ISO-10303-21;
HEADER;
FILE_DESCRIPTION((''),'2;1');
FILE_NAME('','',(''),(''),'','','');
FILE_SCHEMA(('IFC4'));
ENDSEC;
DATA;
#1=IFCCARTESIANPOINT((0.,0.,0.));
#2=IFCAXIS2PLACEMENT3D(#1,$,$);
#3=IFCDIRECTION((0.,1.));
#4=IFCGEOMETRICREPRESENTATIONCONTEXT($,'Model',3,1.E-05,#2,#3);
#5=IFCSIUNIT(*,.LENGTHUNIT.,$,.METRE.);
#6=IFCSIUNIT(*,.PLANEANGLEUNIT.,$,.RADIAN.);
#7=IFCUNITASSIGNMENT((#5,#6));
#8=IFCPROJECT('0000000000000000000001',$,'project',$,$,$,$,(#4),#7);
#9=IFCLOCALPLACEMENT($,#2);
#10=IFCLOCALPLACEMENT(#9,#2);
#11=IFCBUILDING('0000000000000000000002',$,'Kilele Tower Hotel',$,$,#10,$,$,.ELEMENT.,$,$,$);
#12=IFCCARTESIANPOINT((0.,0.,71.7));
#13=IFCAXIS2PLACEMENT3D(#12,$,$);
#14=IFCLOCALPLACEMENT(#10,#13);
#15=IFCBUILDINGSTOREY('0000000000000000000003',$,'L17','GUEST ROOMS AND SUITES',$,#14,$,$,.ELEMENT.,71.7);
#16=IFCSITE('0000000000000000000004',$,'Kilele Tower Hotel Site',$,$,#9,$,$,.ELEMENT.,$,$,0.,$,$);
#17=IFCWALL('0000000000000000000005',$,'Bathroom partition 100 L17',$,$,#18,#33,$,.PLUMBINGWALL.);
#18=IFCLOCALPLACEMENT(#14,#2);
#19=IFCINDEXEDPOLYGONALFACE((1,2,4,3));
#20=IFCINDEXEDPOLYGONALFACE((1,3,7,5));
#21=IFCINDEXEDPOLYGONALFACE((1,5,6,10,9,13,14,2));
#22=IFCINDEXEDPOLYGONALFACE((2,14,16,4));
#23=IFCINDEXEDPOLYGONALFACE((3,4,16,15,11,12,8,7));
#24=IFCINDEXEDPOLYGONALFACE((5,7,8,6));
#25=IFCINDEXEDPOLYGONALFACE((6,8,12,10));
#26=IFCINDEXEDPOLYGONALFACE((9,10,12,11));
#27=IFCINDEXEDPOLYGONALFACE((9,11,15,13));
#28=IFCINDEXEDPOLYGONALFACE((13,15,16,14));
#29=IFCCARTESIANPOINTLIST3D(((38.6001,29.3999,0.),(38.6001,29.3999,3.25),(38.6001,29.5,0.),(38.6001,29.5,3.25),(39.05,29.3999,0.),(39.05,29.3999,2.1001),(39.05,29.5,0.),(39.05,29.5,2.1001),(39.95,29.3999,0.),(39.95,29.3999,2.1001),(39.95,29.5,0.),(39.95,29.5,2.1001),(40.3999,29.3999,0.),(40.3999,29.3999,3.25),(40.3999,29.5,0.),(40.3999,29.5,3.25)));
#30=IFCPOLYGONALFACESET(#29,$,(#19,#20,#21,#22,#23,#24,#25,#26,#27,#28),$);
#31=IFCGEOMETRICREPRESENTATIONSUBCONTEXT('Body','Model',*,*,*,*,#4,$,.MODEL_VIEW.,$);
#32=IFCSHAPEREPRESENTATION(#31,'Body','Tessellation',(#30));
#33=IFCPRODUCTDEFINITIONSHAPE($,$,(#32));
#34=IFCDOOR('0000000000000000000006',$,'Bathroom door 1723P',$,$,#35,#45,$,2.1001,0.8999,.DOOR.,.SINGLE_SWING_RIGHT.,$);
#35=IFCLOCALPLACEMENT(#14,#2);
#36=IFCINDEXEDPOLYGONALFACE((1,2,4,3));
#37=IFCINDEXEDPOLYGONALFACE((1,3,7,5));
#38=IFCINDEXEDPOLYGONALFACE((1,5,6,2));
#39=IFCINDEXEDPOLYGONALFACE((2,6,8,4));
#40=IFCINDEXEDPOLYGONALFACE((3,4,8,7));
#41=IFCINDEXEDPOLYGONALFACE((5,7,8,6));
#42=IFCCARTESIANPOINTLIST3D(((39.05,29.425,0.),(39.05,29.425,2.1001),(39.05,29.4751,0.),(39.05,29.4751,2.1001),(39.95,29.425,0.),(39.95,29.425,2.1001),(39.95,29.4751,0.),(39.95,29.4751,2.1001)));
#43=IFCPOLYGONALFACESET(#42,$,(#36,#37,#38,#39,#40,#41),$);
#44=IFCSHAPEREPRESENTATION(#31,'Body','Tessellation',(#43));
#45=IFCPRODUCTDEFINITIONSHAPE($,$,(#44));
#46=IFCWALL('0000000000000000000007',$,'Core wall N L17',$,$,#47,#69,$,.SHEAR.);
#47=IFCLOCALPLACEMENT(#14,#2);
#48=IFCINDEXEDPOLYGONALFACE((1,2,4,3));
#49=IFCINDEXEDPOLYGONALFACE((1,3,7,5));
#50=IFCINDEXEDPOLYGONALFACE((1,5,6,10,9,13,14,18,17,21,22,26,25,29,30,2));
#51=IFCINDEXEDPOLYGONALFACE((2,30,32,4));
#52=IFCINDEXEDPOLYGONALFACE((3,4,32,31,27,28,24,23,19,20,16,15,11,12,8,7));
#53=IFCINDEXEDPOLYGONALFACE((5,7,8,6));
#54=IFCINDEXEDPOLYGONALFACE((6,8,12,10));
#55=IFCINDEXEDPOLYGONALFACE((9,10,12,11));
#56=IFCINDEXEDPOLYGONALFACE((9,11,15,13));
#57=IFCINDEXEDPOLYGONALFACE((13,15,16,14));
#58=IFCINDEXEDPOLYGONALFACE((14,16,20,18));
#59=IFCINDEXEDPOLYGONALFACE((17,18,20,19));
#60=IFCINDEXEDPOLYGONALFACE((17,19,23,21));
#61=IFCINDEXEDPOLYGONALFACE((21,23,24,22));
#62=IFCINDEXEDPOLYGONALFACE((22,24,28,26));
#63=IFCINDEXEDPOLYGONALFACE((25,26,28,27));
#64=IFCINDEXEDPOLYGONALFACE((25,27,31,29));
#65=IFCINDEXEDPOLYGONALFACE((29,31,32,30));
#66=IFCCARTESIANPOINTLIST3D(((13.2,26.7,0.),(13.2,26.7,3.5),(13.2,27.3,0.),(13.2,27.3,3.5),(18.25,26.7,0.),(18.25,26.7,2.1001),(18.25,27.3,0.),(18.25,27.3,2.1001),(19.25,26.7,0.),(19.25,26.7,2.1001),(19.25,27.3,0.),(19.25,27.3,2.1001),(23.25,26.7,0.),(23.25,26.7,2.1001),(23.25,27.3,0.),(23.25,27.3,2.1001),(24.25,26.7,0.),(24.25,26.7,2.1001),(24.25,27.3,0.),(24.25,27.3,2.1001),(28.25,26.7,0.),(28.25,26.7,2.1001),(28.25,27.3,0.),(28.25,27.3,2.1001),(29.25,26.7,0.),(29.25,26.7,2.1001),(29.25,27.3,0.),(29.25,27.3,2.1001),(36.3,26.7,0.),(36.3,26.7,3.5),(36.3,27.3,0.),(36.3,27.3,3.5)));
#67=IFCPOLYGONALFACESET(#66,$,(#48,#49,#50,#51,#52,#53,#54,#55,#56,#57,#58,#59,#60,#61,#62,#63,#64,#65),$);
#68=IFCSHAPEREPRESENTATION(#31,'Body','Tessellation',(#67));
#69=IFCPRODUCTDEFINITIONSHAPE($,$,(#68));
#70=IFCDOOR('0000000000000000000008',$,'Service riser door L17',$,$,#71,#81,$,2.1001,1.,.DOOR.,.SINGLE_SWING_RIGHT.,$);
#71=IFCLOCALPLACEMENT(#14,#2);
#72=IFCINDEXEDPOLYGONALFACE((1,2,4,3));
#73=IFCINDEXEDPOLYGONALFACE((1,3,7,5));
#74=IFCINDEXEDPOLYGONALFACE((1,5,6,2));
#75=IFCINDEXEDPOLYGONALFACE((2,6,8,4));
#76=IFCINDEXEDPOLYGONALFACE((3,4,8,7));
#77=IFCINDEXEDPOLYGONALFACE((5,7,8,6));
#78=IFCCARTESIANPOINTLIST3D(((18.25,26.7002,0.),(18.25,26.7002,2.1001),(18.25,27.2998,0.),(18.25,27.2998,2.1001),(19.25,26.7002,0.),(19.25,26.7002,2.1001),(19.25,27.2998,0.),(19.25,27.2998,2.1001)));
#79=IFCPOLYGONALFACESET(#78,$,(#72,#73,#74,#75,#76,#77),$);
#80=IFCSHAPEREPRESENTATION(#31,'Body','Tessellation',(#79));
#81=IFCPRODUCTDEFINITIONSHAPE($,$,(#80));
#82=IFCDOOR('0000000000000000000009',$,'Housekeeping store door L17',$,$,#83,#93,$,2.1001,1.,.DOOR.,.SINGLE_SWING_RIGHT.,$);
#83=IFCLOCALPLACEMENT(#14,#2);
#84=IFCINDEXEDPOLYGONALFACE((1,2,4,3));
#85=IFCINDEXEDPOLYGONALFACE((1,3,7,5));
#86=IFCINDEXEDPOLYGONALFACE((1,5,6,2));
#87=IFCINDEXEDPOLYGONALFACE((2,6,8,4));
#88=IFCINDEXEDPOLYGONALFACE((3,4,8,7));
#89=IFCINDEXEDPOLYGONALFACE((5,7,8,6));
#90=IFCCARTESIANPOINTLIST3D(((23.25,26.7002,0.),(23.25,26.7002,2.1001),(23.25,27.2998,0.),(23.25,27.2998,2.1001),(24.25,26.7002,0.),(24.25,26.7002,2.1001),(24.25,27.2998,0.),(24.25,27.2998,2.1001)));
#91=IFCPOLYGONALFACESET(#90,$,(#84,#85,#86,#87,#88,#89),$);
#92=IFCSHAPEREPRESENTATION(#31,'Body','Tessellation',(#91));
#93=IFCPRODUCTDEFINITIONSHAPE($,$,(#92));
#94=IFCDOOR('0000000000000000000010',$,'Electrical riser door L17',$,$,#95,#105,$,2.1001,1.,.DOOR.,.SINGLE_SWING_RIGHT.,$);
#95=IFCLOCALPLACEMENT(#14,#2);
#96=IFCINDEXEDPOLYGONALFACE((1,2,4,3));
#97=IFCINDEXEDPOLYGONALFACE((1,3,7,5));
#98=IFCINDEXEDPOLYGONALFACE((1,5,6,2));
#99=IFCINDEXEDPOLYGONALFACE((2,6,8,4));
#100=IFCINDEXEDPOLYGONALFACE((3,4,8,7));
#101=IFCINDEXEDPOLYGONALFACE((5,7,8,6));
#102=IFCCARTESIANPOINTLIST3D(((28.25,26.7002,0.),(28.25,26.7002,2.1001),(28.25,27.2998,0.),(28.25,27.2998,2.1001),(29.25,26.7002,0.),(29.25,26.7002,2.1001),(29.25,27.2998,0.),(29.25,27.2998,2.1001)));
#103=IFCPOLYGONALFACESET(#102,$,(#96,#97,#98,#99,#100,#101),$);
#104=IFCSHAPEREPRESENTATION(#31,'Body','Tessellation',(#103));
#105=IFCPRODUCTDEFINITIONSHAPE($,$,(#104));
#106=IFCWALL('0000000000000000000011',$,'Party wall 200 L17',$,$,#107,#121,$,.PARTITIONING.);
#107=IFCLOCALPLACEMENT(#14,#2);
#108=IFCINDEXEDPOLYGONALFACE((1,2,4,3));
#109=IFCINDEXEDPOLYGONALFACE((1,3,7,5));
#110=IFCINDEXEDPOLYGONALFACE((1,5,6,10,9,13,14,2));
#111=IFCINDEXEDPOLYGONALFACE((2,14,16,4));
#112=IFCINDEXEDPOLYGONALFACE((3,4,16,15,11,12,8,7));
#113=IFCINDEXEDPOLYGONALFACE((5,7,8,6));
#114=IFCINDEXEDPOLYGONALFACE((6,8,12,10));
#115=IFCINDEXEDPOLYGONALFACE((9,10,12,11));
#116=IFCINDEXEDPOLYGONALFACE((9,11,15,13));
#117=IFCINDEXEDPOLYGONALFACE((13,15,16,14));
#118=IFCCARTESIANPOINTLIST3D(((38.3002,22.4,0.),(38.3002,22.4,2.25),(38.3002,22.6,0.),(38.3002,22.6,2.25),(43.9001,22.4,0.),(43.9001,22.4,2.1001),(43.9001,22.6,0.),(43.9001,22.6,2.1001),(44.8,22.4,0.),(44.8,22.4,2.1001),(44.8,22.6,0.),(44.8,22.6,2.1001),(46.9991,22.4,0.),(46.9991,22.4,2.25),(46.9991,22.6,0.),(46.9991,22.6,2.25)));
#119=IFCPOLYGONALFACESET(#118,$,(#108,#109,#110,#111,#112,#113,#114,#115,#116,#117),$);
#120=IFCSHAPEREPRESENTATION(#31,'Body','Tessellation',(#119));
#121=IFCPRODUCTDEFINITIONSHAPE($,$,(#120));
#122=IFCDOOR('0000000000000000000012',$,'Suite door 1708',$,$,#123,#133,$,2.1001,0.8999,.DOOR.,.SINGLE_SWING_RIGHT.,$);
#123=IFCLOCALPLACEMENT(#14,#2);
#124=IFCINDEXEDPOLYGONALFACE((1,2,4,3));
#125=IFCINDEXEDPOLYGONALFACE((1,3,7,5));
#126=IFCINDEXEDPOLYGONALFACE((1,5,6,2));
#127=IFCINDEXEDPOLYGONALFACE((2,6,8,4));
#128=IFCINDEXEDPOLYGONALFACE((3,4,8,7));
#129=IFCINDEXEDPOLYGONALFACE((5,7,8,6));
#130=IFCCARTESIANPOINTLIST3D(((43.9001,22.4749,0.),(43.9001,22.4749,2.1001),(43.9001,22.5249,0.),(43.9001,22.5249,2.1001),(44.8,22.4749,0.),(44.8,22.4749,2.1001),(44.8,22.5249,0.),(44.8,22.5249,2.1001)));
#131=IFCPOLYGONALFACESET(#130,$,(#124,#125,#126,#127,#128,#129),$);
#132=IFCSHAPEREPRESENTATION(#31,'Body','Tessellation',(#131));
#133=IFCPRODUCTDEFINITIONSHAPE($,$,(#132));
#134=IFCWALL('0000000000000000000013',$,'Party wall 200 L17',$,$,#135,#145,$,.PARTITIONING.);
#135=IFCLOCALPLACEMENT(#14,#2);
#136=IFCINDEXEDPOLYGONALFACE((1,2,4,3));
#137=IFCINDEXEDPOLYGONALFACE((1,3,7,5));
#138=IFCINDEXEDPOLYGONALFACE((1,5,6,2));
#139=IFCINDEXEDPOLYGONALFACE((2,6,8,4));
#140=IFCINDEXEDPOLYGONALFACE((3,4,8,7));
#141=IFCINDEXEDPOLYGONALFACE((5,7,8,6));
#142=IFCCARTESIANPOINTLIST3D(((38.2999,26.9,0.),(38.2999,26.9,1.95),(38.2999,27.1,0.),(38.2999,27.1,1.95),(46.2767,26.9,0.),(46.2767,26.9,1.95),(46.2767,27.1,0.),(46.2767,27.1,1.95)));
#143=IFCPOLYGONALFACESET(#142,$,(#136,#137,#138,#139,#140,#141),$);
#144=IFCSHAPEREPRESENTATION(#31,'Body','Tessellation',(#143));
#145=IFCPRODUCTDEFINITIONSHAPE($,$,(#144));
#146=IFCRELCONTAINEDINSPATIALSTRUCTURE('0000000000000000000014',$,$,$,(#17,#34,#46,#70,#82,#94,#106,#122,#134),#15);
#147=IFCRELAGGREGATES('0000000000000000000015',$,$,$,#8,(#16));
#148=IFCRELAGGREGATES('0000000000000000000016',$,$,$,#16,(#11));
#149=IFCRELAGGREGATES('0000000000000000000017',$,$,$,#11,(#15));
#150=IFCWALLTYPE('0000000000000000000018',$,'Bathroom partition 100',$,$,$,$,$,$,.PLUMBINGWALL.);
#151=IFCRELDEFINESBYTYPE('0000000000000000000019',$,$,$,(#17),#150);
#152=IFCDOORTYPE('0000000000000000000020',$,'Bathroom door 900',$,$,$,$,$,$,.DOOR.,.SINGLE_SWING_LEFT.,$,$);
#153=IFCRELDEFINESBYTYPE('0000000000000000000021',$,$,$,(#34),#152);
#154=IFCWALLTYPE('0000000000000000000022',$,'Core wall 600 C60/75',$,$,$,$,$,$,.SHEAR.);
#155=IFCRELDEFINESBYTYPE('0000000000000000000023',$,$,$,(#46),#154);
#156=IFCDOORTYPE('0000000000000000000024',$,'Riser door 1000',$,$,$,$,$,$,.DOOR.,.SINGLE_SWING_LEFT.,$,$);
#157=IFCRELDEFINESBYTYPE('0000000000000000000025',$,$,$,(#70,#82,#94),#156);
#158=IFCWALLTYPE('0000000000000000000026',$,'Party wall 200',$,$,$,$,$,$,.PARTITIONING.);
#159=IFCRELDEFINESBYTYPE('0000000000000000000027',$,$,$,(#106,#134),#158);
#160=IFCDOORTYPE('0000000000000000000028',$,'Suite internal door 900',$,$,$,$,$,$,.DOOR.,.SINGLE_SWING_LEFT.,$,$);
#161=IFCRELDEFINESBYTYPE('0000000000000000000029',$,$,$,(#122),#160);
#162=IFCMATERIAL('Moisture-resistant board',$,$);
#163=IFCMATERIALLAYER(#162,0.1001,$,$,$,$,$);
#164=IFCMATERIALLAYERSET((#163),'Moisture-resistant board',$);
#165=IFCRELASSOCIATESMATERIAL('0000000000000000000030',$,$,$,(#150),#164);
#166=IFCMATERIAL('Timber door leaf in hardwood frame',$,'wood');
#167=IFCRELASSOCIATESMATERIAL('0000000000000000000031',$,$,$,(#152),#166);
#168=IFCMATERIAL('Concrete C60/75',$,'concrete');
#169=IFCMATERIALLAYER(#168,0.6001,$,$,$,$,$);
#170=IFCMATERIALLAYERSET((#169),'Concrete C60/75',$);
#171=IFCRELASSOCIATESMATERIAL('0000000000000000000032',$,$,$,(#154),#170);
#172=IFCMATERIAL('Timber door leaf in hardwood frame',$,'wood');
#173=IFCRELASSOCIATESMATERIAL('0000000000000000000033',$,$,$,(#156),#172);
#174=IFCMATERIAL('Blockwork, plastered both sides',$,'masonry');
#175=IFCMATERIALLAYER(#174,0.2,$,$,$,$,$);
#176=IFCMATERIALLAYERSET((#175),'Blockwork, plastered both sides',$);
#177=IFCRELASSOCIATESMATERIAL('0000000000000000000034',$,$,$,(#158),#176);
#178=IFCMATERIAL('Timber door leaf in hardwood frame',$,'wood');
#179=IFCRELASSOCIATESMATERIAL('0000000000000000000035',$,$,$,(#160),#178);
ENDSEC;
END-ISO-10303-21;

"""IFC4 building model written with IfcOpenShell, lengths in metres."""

from ifc_helpers import new_model, si_unit, direction, frame, frame_2d, origin, place, context, subcontext, project, spatial, rectangle, extrude, material, layer, layer_set, type_object, element, fill, save


model = new_model("IFC4")

# Units and contexts
model_context = context("Model", 3, precision=1e-05, world=origin(), true_north=direction((0.0, 1.0)))
body_context = subcontext(model_context, "Body", "Model", "MODEL_VIEW")
ifc_project = project(units=[si_unit("LENGTHUNIT", "METRE"), si_unit("PLANEANGLEUNIT", "RADIAN")], contexts=[model_context])

# Site, building, storey
site_placement = place(None, origin())
site = spatial("IfcSite", under=ifc_project, at=site_placement, Name="Kilele Tower Hotel Site", CompositionType="ELEMENT", RefElevation=0.0)
building_placement = place(site_placement, origin())
building = spatial("IfcBuilding", under=site, at=building_placement, Name="Kilele Tower Hotel", CompositionType="ELEMENT")
storey_placement = place(building_placement, frame((0.0, 0.0, 71.7)))
storey = spatial("IfcBuildingStorey", under=building, at=storey_placement, Name="L17", Description="GUEST ROOMS AND SUITES", CompositionType="ELEMENT", Elevation=71.7)

# Shared definitions
ifc_material_1 = material(Name="Moisture-resistant board")
ifc_layer_1 = layer(ifc_material_1, 0.1001)
ifc_layer_set_1 = layer_set([ifc_layer_1], Name="Moisture-resistant board")
wall_type_1 = type_object("IfcWallType", Name="Bathroom partition 100", PredefinedType="PLUMBINGWALL", material=ifc_layer_set_1)
ifc_material_2 = material(Name="Timber door leaf in hardwood frame", Category="wood")
door_type_1 = type_object("IfcDoorType", Name="Bathroom door 900", OperationType="SINGLE_SWING_LEFT", PredefinedType="DOOR", material=ifc_material_2)

# Wall, opening, door
wall_1_placement = place(storey_placement, frame((38.6001, 29.45, 0.0), z_axis=(0.0, 0.0, 1.0), x_axis=(1.0, 0.0, 0.0)))
wall_1 = element("IfcWall", 1, at=wall_1_placement, inside=storey, type_object=wall_type_1, Name="Bathroom partition 100 L17", PredefinedType="PLUMBINGWALL", context=body_context, shape_type="SweptSolid", body=[
    extrude(rectangle(XDim=1.7998, YDim=0.1001, at=frame_2d((0.8999, 0.0))), origin(), (0.0, 0.0, 1.0), 3.25),
])
opening_1_placement = place(wall_1_placement, frame((1.3499, 0.0, 0.0), z_axis=(0.0, 0.0, 1.0), x_axis=(-1.0, 0.0, 0.0)))
opening_1 = element("IfcOpeningElement", 2, at=opening_1_placement, cuts=wall_1, PredefinedType="OPENING", context=body_context, shape_type="SweptSolid", body=[
    extrude(rectangle(XDim=0.8999, YDim=2.1001, at=frame_2d((0.45, 1.05))), frame((0.0, 0.0601, 0.0), z_axis=(0.0, -1.0, 0.0), x_axis=(1.0, 0.0, 0.0)), (0.0, 0.0, 1.0), 0.1201),
])
door_1_placement = place(opening_1_placement, origin())
door_1 = element("IfcDoor", 3, at=door_1_placement, inside=storey, type_object=door_type_1, Name="Bathroom door 1723P", OperationType="SINGLE_SWING_RIGHT", OverallHeight=2.1001, OverallWidth=0.8999, PredefinedType="DOOR", context=body_context, shape_type="SweptSolid", body=[
    extrude(rectangle(XDim=0.8999, YDim=2.1001, at=frame_2d((0.45, 1.05))), frame((0.0, 0.0249, 0.0), z_axis=(0.0, -1.0, 0.0), x_axis=(1.0, 0.0, 0.0)), (0.0, 0.0, 1.0), 0.05),
])
fill(opening_1, door_1)

# Wall, openings, doors
ifc_material_3 = material(Name="Concrete C60/75", Category="concrete")
ifc_layer_2 = layer(ifc_material_3, 0.6001)
ifc_layer_set_2 = layer_set([ifc_layer_2], Name="Concrete C60/75")
wall_type_2 = type_object("IfcWallType", Name="Core wall 600 C60/75", PredefinedType="SHEAR", material=ifc_layer_set_2)
wall_2_placement = place(storey_placement, frame((36.3, 27.0, 0.0), z_axis=(0.0, 0.0, 1.0), x_axis=(-1.0, 0.0, 0.0)))
wall_2 = element("IfcWall", 4, at=wall_2_placement, inside=storey, type_object=wall_type_2, Name="Core wall N L17", PredefinedType="SHEAR", context=body_context, shape_type="SweptSolid", body=[
    extrude(rectangle(XDim=23.1001, YDim=0.6001, at=frame_2d((11.55, 0.0))), origin(), (0.0, 0.0, 1.0), 3.5),
])
opening_2_placement = place(wall_2_placement, frame((17.05, 0.0, 0.0)))
opening_2 = element("IfcOpeningElement", 5, at=opening_2_placement, cuts=wall_2, PredefinedType="OPENING", context=body_context, shape_type="SweptSolid", body=[
    extrude(rectangle(XDim=1.0, YDim=2.1001, at=frame_2d((0.5, 1.05))), frame((0.0, 0.3101, 0.0), z_axis=(0.0, -1.0, 0.0), x_axis=(1.0, 0.0, 0.0)), (0.0, 0.0, 1.0), 0.6201),
])
opening_3_placement = place(wall_2_placement, frame((12.05, 0.0, 0.0)))
opening_3 = element("IfcOpeningElement", 6, at=opening_3_placement, cuts=wall_2, PredefinedType="OPENING", context=body_context, shape_type="SweptSolid", body=[
    extrude(rectangle(XDim=1.0, YDim=2.1001, at=frame_2d((0.5, 1.05))), frame((0.0, 0.3101, 0.0), z_axis=(0.0, -1.0, 0.0), x_axis=(1.0, 0.0, 0.0)), (0.0, 0.0, 1.0), 0.6201),
])
opening_4_placement = place(wall_2_placement, frame((7.05, 0.0, 0.0)))
opening_4 = element("IfcOpeningElement", 7, at=opening_4_placement, cuts=wall_2, PredefinedType="OPENING", context=body_context, shape_type="SweptSolid", body=[
    extrude(rectangle(XDim=1.0, YDim=2.1001, at=frame_2d((0.5, 1.05))), frame((0.0, 0.3101, 0.0), z_axis=(0.0, -1.0, 0.0), x_axis=(1.0, 0.0, 0.0)), (0.0, 0.0, 1.0), 0.6201),
])
ifc_material_4 = material(Name="Timber door leaf in hardwood frame", Category="wood")
door_type_2 = type_object("IfcDoorType", Name="Riser door 1000", OperationType="SINGLE_SWING_LEFT", PredefinedType="DOOR", material=ifc_material_4)
door_2_placement = place(opening_2_placement, origin())
door_2 = element("IfcDoor", 8, at=door_2_placement, inside=storey, type_object=door_type_2, Name="Service riser door L17", OperationType="SINGLE_SWING_RIGHT", OverallHeight=2.1001, OverallWidth=1.0, PredefinedType="DOOR", context=body_context, shape_type="SweptSolid", body=[
    extrude(rectangle(XDim=1.0, YDim=2.1001, at=frame_2d((0.5, 1.05))), frame((0.0, 0.2998, 0.0), z_axis=(0.0, -1.0, 0.0), x_axis=(1.0, 0.0, 0.0)), (0.0, 0.0, 1.0), 0.5996),
])
fill(opening_2, door_2)
door_3_placement = place(opening_3_placement, origin())
door_3 = element("IfcDoor", 9, at=door_3_placement, inside=storey, type_object=door_type_2, Name="Housekeeping store door L17", OperationType="SINGLE_SWING_RIGHT", OverallHeight=2.1001, OverallWidth=1.0, PredefinedType="DOOR", context=body_context, shape_type="SweptSolid", body=[
    extrude(rectangle(XDim=1.0, YDim=2.1001, at=frame_2d((0.5, 1.05))), frame((0.0, 0.2998, 0.0), z_axis=(0.0, -1.0, 0.0), x_axis=(1.0, 0.0, 0.0)), (0.0, 0.0, 1.0), 0.5996),
])
fill(opening_3, door_3)
door_4_placement = place(opening_4_placement, origin())
door_4 = element("IfcDoor", 10, at=door_4_placement, inside=storey, type_object=door_type_2, Name="Electrical riser door L17", OperationType="SINGLE_SWING_RIGHT", OverallHeight=2.1001, OverallWidth=1.0, PredefinedType="DOOR", context=body_context, shape_type="SweptSolid", body=[
    extrude(rectangle(XDim=1.0, YDim=2.1001, at=frame_2d((0.5, 1.05))), frame((0.0, 0.2998, 0.0), z_axis=(0.0, -1.0, 0.0), x_axis=(1.0, 0.0, 0.0)), (0.0, 0.0, 1.0), 0.5996),
])
fill(opening_4, door_4)

# Wall, opening, door
ifc_material_5 = material(Name="Blockwork, plastered both sides", Category="masonry")
ifc_layer_3 = layer(ifc_material_5, 0.2)
ifc_layer_set_3 = layer_set([ifc_layer_3], Name="Blockwork, plastered both sides")
wall_type_3 = type_object("IfcWallType", Name="Party wall 200", PredefinedType="PARTITIONING", material=ifc_layer_set_3)
wall_3_placement = place(storey_placement, frame((38.3, 22.5, 0.0), z_axis=(0.0, 0.0, 1.0), x_axis=(1.0, 0.0, 0.0)))
wall_3 = element("IfcWall", 11, at=wall_3_placement, inside=storey, type_object=wall_type_3, Name="Party wall 200 L17", PredefinedType="PARTITIONING", context=body_context, shape_type="SweptSolid", body=[
    extrude(rectangle(XDim=8.699, YDim=0.2, at=frame_2d((4.3496, 0.0))), origin(), (0.0, 0.0, 1.0), 2.25),
])
opening_5_placement = place(wall_3_placement, frame((5.6001, 0.0, 0.0)))
opening_5 = element("IfcOpeningElement", 12, at=opening_5_placement, cuts=wall_3, PredefinedType="OPENING", context=body_context, shape_type="SweptSolid", body=[
    extrude(rectangle(XDim=0.8999, YDim=2.1001, at=frame_2d((0.45, 1.05))), frame((0.0, 0.1099, 0.0), z_axis=(0.0, -1.0, 0.0), x_axis=(1.0, 0.0, 0.0)), (0.0, 0.0, 1.0), 0.22),
])
ifc_material_6 = material(Name="Timber door leaf in hardwood frame", Category="wood")
door_type_3 = type_object("IfcDoorType", Name="Suite internal door 900", OperationType="SINGLE_SWING_LEFT", PredefinedType="DOOR", material=ifc_material_6)
door_5_placement = place(opening_5_placement, origin())
door_5 = element("IfcDoor", 13, at=door_5_placement, inside=storey, type_object=door_type_3, Name="Suite door 1708", OperationType="SINGLE_SWING_RIGHT", OverallHeight=2.1001, OverallWidth=0.8999, PredefinedType="DOOR", context=body_context, shape_type="SweptSolid", body=[
    extrude(rectangle(XDim=0.8999, YDim=2.1001, at=frame_2d((0.45, 1.05))), frame((0.0, 0.0249, 0.0), z_axis=(0.0, -1.0, 0.0), x_axis=(1.0, 0.0, 0.0)), (0.0, 0.0, 1.0), 0.05),
])
fill(opening_5, door_5)

# Wall
wall_4_placement = place(storey_placement, frame((38.3, 27.0, 0.0), z_axis=(0.0, 0.0, 1.0), x_axis=(1.0, 0.0, 0.0)))
element("IfcWall", 14, at=wall_4_placement, inside=storey, type_object=wall_type_3, Name="Party wall 200 L17", PredefinedType="PARTITIONING", context=body_context, shape_type="SweptSolid", body=[
    extrude(rectangle(XDim=7.9768, YDim=0.2, at=frame_2d((3.9883, 0.0))), origin(), (0.0, 0.0, 1.0), 1.95),
])

save(model, "model.ifc")
